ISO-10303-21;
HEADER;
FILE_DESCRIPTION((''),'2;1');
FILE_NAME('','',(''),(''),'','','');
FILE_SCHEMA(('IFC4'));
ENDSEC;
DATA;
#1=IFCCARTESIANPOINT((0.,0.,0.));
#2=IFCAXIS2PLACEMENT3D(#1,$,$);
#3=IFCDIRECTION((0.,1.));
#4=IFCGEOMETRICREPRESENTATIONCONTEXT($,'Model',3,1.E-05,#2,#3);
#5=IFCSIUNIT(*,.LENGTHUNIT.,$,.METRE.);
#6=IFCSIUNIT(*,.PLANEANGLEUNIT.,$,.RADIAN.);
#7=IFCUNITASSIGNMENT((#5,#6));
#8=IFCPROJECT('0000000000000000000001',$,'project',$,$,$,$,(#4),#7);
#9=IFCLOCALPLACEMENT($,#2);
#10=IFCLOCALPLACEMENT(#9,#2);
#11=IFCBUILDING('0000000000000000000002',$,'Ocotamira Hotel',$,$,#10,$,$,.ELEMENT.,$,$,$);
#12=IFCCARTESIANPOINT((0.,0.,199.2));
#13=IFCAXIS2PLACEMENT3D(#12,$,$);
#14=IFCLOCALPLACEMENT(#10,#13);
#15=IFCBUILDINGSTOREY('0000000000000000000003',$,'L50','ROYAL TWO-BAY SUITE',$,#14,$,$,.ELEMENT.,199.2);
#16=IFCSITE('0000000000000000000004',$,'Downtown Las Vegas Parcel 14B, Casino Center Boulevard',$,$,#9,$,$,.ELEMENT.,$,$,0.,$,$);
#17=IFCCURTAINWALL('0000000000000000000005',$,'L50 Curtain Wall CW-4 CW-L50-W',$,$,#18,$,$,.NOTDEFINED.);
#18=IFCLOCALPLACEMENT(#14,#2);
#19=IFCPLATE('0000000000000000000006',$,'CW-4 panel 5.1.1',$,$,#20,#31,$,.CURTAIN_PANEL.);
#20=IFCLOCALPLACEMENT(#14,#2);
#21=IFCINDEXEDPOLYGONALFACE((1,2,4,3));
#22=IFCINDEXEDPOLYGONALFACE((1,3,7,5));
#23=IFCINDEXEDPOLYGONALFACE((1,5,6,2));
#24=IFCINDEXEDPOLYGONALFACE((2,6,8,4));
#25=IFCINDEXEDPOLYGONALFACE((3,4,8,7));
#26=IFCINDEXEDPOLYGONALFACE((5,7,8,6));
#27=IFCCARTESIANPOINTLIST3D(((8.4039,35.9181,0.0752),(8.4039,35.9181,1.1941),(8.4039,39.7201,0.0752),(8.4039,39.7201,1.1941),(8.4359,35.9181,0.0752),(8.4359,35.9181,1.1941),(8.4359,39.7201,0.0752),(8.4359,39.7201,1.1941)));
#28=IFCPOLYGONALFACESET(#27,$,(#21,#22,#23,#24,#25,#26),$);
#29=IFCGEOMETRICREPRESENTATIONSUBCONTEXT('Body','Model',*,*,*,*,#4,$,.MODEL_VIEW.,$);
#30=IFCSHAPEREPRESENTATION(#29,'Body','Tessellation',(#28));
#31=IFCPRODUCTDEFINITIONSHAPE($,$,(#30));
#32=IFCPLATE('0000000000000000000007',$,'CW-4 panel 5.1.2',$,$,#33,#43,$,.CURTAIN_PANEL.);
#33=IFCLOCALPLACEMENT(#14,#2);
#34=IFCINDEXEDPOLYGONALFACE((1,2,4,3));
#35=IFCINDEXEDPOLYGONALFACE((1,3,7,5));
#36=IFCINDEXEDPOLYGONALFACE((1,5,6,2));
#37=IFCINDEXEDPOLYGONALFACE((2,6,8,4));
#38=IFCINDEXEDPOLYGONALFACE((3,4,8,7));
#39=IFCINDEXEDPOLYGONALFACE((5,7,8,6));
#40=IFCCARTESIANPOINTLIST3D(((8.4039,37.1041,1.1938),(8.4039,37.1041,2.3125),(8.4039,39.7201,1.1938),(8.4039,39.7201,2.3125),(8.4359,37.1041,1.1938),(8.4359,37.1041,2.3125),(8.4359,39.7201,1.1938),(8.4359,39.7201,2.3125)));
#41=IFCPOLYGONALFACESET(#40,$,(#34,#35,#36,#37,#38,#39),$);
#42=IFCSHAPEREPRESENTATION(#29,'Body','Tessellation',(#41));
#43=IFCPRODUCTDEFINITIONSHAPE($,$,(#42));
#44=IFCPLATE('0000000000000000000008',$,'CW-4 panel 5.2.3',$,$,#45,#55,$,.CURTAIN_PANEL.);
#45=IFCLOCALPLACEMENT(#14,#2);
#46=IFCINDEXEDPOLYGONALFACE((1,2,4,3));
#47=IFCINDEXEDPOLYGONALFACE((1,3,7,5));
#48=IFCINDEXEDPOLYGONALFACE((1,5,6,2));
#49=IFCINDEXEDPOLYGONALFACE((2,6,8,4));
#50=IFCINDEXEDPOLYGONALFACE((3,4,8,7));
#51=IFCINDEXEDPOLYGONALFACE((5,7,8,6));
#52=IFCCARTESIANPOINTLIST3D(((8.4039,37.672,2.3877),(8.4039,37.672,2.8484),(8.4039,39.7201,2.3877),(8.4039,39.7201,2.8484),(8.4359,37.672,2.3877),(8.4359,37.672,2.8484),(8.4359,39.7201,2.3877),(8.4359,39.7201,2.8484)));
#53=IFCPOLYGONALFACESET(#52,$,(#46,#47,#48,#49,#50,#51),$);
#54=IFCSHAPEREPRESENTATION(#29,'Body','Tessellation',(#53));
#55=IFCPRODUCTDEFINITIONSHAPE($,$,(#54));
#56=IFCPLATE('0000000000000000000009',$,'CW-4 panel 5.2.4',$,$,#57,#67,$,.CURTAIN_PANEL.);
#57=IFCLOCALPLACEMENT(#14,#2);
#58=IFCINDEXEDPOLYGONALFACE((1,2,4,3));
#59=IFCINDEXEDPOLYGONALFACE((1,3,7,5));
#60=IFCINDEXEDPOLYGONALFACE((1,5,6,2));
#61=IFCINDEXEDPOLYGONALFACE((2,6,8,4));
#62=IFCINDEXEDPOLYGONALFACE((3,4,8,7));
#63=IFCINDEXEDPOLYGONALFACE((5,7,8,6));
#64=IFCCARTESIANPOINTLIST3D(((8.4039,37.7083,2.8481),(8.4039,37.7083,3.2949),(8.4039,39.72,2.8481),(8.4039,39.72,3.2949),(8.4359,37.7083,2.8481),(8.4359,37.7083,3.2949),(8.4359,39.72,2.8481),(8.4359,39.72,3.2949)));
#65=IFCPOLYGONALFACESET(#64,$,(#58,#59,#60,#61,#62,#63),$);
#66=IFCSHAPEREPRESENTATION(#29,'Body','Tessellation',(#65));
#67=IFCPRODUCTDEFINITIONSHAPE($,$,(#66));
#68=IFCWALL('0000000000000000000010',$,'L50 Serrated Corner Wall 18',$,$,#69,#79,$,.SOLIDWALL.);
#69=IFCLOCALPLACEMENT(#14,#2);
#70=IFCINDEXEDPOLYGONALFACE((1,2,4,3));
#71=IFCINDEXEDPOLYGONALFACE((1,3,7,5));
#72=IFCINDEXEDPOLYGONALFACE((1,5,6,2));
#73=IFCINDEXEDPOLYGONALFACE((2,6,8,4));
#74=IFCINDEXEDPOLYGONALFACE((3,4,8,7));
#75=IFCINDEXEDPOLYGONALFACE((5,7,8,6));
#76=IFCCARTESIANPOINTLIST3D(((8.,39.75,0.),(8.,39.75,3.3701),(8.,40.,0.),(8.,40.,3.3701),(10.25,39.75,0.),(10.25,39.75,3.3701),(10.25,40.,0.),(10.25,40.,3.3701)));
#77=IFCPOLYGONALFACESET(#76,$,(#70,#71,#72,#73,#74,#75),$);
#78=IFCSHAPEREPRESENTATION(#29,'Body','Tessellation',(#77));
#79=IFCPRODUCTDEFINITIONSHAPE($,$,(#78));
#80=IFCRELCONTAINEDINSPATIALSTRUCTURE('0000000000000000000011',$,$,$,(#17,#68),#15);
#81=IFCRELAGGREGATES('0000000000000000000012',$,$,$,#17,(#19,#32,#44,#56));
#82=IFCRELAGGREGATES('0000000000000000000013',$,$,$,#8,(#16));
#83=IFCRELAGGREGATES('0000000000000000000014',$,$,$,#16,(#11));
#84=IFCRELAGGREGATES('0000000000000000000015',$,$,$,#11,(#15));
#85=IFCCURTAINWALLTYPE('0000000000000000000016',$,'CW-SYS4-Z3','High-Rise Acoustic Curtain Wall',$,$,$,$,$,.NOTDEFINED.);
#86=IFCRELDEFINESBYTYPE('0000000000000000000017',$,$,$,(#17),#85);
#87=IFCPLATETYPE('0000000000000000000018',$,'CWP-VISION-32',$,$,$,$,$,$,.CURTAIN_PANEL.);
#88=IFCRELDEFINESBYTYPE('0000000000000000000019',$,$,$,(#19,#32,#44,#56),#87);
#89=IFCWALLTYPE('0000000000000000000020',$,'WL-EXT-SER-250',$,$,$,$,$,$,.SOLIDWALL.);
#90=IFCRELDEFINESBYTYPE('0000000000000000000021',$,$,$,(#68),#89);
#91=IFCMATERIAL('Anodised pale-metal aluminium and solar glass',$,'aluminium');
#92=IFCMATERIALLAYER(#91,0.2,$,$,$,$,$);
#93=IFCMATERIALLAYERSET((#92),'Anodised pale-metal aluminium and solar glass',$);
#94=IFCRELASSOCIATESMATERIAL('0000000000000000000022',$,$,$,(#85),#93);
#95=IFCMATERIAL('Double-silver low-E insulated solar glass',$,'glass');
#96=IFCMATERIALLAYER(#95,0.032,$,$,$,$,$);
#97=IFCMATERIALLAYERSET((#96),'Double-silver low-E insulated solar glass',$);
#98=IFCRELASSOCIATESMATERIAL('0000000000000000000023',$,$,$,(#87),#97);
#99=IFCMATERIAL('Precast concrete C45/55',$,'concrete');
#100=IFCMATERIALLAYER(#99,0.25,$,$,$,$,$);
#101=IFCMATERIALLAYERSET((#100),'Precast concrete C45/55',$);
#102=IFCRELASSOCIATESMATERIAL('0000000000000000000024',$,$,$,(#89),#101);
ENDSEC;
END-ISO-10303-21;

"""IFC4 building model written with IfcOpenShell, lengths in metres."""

from ifc_helpers import new_model, si_unit, direction, frame, frame_2d, origin, origin_2d, place, context, subcontext, project, spatial, rectangle, extrude, source, transform, mapped, material, layer, layer_set, type_object, element, aggregate, save


model = new_model("IFC4")

# Units and contexts
model_context = context("Model", 3, precision=1e-05, world=origin(), true_north=direction((0.0, 1.0)))
body_context = subcontext(model_context, "Body", "Model", "MODEL_VIEW")
ifc_project = project(units=[si_unit("LENGTHUNIT", "METRE"), si_unit("PLANEANGLEUNIT", "RADIAN")], contexts=[model_context])

# Site, building, storey
site_placement = place(None, origin())
site = spatial("IfcSite", under=ifc_project, at=site_placement, Name="Downtown Las Vegas Parcel 14B, Casino Center Boulevard", CompositionType="ELEMENT", RefElevation=0.0)
building_placement = place(site_placement, origin())
building = spatial("IfcBuilding", under=site, at=building_placement, Name="Ocotamira Hotel", CompositionType="ELEMENT")
storey_placement = place(building_placement, frame((0.0, 0.0, 199.2)))
storey = spatial("IfcBuildingStorey", under=building, at=storey_placement, Name="L50", Description="ROYAL TWO-BAY SUITE", CompositionType="ELEMENT", Elevation=199.2)

# Curtain wall
ifc_material_1 = material(Name="Anodised pale-metal aluminium and solar glass", Category="aluminium")
ifc_layer_1 = layer(ifc_material_1, 0.2)
ifc_layer_set_1 = layer_set([ifc_layer_1], Name="Anodised pale-metal aluminium and solar glass")
curtain_wall_type = type_object("IfcCurtainWallType", Name="CW-SYS4-Z3", Description="High-Rise Acoustic Curtain Wall", PredefinedType="NOTDEFINED", material=ifc_layer_set_1)
curtain_wall_placement = place(storey_placement, origin())
curtain_wall = element("IfcCurtainWall", 1, at=curtain_wall_placement, inside=storey, type_object=curtain_wall_type, Name="L50 Curtain Wall CW-4 CW-L50-W", PredefinedType="NOTDEFINED")

# Plates
ifc_material_2 = material(Name="Double-silver low-E insulated solar glass", Category="glass")
ifc_layer_2 = layer(ifc_material_2, 0.032)
ifc_layer_set_2 = layer_set([ifc_layer_2], Name="Double-silver low-E insulated solar glass")
plate_type_1 = type_object("IfcPlateType", Name="CWP-VISION-32", PredefinedType="CURTAIN_PANEL", material=ifc_layer_set_2)
shared_shape_1 = source(origin(), body_context, "Body", "SweptSolid", [
    extrude(rectangle(XDim=3.802, YDim=0.032, at=origin_2d()), origin(), (0.0, 0.0, 1.0), 1.1189),
])
plate_1_placement = place(storey_placement, frame((8.4199, 37.8191, 0.0752), z_axis=(0.0, 0.0, 1.0), x_axis=(0.0, 1.0, 0.0)))
plate_1 = element("IfcPlate", 2, at=plate_1_placement, type_object=plate_type_1, Name="CW-4 panel 5.1.1", PredefinedType="CURTAIN_PANEL", context=body_context, shape_type="MappedRepresentation", body=[
    mapped(shared_shape_1, transform((0.0, 0.0, 0.0), scale=1.0)),
])
shared_shape_2 = source(origin(), body_context, "Body", "SweptSolid", [
    extrude(rectangle(XDim=2.616, YDim=0.032, at=origin_2d()), origin(), (0.0, 0.0, 1.0), 1.1187),
])
plate_2_placement = place(storey_placement, frame((8.4199, 38.4121, 1.1938), z_axis=(0.0, 0.0, 1.0), x_axis=(0.0, 1.0, 0.0)))
plate_2 = element("IfcPlate", 3, at=plate_2_placement, type_object=plate_type_1, Name="CW-4 panel 5.1.2", PredefinedType="CURTAIN_PANEL", context=body_context, shape_type="MappedRepresentation", body=[
    mapped(shared_shape_2, transform((0.0, 0.0, 0.0), scale=1.0)),
])
shared_shape_3 = source(origin(), body_context, "Body", "SweptSolid", [
    extrude(rectangle(XDim=2.0481, YDim=0.032, at=origin_2d()), origin(), (0.0, 0.0, 1.0), 0.4607),
])
plate_3_placement = place(storey_placement, frame((8.4199, 38.696, 2.3877), z_axis=(0.0, 0.0, 1.0), x_axis=(0.0, 1.0, 0.0)))
plate_3 = element("IfcPlate", 4, at=plate_3_placement, type_object=plate_type_1, Name="CW-4 panel 5.2.3", PredefinedType="CURTAIN_PANEL", context=body_context, shape_type="MappedRepresentation", body=[
    mapped(shared_shape_3, transform((0.0, 0.0, 0.0), scale=1.0)),
])
shared_shape_4 = source(origin(), body_context, "Body", "SweptSolid", [
    extrude(rectangle(XDim=2.0117, YDim=0.032, at=origin_2d()), origin(), (0.0, 0.0, 1.0), 0.4468),
])
plate_4_placement = place(storey_placement, frame((8.4199, 38.7141, 2.8481), z_axis=(0.0, 0.0, 1.0), x_axis=(0.0, 1.0, 0.0)))
plate_4 = element("IfcPlate", 5, at=plate_4_placement, type_object=plate_type_1, Name="CW-4 panel 5.2.4", PredefinedType="CURTAIN_PANEL", context=body_context, shape_type="MappedRepresentation", body=[
    mapped(shared_shape_4, transform((0.0, 0.0, 0.0), scale=1.0)),
])
aggregate(curtain_wall, [plate_1, plate_2, plate_3, plate_4])

# Wall
ifc_material_3 = material(Name="Precast concrete C45/55", Category="concrete")
ifc_layer_3 = layer(ifc_material_3, 0.25)
ifc_layer_set_3 = layer_set([ifc_layer_3], Name="Precast concrete C45/55")
wall_type_1 = type_object("IfcWallType", Name="WL-EXT-SER-250", PredefinedType="SOLIDWALL", material=ifc_layer_set_3)
wall_1_placement = place(storey_placement, frame((10.25, 39.875, 0.0), z_axis=(0.0, 0.0, 1.0), x_axis=(-1.0, 0.0, 0.0)))
element("IfcWall", 6, at=wall_1_placement, inside=storey, type_object=wall_type_1, Name="L50 Serrated Corner Wall 18", PredefinedType="SOLIDWALL", context=body_context, shape_type="SweptSolid", body=[
    extrude(rectangle(XDim=2.25, YDim=0.25, at=frame_2d((1.125, 0.0))), origin(), (0.0, 0.0, 1.0), 3.3701),
])

save(model, "model.ifc")
